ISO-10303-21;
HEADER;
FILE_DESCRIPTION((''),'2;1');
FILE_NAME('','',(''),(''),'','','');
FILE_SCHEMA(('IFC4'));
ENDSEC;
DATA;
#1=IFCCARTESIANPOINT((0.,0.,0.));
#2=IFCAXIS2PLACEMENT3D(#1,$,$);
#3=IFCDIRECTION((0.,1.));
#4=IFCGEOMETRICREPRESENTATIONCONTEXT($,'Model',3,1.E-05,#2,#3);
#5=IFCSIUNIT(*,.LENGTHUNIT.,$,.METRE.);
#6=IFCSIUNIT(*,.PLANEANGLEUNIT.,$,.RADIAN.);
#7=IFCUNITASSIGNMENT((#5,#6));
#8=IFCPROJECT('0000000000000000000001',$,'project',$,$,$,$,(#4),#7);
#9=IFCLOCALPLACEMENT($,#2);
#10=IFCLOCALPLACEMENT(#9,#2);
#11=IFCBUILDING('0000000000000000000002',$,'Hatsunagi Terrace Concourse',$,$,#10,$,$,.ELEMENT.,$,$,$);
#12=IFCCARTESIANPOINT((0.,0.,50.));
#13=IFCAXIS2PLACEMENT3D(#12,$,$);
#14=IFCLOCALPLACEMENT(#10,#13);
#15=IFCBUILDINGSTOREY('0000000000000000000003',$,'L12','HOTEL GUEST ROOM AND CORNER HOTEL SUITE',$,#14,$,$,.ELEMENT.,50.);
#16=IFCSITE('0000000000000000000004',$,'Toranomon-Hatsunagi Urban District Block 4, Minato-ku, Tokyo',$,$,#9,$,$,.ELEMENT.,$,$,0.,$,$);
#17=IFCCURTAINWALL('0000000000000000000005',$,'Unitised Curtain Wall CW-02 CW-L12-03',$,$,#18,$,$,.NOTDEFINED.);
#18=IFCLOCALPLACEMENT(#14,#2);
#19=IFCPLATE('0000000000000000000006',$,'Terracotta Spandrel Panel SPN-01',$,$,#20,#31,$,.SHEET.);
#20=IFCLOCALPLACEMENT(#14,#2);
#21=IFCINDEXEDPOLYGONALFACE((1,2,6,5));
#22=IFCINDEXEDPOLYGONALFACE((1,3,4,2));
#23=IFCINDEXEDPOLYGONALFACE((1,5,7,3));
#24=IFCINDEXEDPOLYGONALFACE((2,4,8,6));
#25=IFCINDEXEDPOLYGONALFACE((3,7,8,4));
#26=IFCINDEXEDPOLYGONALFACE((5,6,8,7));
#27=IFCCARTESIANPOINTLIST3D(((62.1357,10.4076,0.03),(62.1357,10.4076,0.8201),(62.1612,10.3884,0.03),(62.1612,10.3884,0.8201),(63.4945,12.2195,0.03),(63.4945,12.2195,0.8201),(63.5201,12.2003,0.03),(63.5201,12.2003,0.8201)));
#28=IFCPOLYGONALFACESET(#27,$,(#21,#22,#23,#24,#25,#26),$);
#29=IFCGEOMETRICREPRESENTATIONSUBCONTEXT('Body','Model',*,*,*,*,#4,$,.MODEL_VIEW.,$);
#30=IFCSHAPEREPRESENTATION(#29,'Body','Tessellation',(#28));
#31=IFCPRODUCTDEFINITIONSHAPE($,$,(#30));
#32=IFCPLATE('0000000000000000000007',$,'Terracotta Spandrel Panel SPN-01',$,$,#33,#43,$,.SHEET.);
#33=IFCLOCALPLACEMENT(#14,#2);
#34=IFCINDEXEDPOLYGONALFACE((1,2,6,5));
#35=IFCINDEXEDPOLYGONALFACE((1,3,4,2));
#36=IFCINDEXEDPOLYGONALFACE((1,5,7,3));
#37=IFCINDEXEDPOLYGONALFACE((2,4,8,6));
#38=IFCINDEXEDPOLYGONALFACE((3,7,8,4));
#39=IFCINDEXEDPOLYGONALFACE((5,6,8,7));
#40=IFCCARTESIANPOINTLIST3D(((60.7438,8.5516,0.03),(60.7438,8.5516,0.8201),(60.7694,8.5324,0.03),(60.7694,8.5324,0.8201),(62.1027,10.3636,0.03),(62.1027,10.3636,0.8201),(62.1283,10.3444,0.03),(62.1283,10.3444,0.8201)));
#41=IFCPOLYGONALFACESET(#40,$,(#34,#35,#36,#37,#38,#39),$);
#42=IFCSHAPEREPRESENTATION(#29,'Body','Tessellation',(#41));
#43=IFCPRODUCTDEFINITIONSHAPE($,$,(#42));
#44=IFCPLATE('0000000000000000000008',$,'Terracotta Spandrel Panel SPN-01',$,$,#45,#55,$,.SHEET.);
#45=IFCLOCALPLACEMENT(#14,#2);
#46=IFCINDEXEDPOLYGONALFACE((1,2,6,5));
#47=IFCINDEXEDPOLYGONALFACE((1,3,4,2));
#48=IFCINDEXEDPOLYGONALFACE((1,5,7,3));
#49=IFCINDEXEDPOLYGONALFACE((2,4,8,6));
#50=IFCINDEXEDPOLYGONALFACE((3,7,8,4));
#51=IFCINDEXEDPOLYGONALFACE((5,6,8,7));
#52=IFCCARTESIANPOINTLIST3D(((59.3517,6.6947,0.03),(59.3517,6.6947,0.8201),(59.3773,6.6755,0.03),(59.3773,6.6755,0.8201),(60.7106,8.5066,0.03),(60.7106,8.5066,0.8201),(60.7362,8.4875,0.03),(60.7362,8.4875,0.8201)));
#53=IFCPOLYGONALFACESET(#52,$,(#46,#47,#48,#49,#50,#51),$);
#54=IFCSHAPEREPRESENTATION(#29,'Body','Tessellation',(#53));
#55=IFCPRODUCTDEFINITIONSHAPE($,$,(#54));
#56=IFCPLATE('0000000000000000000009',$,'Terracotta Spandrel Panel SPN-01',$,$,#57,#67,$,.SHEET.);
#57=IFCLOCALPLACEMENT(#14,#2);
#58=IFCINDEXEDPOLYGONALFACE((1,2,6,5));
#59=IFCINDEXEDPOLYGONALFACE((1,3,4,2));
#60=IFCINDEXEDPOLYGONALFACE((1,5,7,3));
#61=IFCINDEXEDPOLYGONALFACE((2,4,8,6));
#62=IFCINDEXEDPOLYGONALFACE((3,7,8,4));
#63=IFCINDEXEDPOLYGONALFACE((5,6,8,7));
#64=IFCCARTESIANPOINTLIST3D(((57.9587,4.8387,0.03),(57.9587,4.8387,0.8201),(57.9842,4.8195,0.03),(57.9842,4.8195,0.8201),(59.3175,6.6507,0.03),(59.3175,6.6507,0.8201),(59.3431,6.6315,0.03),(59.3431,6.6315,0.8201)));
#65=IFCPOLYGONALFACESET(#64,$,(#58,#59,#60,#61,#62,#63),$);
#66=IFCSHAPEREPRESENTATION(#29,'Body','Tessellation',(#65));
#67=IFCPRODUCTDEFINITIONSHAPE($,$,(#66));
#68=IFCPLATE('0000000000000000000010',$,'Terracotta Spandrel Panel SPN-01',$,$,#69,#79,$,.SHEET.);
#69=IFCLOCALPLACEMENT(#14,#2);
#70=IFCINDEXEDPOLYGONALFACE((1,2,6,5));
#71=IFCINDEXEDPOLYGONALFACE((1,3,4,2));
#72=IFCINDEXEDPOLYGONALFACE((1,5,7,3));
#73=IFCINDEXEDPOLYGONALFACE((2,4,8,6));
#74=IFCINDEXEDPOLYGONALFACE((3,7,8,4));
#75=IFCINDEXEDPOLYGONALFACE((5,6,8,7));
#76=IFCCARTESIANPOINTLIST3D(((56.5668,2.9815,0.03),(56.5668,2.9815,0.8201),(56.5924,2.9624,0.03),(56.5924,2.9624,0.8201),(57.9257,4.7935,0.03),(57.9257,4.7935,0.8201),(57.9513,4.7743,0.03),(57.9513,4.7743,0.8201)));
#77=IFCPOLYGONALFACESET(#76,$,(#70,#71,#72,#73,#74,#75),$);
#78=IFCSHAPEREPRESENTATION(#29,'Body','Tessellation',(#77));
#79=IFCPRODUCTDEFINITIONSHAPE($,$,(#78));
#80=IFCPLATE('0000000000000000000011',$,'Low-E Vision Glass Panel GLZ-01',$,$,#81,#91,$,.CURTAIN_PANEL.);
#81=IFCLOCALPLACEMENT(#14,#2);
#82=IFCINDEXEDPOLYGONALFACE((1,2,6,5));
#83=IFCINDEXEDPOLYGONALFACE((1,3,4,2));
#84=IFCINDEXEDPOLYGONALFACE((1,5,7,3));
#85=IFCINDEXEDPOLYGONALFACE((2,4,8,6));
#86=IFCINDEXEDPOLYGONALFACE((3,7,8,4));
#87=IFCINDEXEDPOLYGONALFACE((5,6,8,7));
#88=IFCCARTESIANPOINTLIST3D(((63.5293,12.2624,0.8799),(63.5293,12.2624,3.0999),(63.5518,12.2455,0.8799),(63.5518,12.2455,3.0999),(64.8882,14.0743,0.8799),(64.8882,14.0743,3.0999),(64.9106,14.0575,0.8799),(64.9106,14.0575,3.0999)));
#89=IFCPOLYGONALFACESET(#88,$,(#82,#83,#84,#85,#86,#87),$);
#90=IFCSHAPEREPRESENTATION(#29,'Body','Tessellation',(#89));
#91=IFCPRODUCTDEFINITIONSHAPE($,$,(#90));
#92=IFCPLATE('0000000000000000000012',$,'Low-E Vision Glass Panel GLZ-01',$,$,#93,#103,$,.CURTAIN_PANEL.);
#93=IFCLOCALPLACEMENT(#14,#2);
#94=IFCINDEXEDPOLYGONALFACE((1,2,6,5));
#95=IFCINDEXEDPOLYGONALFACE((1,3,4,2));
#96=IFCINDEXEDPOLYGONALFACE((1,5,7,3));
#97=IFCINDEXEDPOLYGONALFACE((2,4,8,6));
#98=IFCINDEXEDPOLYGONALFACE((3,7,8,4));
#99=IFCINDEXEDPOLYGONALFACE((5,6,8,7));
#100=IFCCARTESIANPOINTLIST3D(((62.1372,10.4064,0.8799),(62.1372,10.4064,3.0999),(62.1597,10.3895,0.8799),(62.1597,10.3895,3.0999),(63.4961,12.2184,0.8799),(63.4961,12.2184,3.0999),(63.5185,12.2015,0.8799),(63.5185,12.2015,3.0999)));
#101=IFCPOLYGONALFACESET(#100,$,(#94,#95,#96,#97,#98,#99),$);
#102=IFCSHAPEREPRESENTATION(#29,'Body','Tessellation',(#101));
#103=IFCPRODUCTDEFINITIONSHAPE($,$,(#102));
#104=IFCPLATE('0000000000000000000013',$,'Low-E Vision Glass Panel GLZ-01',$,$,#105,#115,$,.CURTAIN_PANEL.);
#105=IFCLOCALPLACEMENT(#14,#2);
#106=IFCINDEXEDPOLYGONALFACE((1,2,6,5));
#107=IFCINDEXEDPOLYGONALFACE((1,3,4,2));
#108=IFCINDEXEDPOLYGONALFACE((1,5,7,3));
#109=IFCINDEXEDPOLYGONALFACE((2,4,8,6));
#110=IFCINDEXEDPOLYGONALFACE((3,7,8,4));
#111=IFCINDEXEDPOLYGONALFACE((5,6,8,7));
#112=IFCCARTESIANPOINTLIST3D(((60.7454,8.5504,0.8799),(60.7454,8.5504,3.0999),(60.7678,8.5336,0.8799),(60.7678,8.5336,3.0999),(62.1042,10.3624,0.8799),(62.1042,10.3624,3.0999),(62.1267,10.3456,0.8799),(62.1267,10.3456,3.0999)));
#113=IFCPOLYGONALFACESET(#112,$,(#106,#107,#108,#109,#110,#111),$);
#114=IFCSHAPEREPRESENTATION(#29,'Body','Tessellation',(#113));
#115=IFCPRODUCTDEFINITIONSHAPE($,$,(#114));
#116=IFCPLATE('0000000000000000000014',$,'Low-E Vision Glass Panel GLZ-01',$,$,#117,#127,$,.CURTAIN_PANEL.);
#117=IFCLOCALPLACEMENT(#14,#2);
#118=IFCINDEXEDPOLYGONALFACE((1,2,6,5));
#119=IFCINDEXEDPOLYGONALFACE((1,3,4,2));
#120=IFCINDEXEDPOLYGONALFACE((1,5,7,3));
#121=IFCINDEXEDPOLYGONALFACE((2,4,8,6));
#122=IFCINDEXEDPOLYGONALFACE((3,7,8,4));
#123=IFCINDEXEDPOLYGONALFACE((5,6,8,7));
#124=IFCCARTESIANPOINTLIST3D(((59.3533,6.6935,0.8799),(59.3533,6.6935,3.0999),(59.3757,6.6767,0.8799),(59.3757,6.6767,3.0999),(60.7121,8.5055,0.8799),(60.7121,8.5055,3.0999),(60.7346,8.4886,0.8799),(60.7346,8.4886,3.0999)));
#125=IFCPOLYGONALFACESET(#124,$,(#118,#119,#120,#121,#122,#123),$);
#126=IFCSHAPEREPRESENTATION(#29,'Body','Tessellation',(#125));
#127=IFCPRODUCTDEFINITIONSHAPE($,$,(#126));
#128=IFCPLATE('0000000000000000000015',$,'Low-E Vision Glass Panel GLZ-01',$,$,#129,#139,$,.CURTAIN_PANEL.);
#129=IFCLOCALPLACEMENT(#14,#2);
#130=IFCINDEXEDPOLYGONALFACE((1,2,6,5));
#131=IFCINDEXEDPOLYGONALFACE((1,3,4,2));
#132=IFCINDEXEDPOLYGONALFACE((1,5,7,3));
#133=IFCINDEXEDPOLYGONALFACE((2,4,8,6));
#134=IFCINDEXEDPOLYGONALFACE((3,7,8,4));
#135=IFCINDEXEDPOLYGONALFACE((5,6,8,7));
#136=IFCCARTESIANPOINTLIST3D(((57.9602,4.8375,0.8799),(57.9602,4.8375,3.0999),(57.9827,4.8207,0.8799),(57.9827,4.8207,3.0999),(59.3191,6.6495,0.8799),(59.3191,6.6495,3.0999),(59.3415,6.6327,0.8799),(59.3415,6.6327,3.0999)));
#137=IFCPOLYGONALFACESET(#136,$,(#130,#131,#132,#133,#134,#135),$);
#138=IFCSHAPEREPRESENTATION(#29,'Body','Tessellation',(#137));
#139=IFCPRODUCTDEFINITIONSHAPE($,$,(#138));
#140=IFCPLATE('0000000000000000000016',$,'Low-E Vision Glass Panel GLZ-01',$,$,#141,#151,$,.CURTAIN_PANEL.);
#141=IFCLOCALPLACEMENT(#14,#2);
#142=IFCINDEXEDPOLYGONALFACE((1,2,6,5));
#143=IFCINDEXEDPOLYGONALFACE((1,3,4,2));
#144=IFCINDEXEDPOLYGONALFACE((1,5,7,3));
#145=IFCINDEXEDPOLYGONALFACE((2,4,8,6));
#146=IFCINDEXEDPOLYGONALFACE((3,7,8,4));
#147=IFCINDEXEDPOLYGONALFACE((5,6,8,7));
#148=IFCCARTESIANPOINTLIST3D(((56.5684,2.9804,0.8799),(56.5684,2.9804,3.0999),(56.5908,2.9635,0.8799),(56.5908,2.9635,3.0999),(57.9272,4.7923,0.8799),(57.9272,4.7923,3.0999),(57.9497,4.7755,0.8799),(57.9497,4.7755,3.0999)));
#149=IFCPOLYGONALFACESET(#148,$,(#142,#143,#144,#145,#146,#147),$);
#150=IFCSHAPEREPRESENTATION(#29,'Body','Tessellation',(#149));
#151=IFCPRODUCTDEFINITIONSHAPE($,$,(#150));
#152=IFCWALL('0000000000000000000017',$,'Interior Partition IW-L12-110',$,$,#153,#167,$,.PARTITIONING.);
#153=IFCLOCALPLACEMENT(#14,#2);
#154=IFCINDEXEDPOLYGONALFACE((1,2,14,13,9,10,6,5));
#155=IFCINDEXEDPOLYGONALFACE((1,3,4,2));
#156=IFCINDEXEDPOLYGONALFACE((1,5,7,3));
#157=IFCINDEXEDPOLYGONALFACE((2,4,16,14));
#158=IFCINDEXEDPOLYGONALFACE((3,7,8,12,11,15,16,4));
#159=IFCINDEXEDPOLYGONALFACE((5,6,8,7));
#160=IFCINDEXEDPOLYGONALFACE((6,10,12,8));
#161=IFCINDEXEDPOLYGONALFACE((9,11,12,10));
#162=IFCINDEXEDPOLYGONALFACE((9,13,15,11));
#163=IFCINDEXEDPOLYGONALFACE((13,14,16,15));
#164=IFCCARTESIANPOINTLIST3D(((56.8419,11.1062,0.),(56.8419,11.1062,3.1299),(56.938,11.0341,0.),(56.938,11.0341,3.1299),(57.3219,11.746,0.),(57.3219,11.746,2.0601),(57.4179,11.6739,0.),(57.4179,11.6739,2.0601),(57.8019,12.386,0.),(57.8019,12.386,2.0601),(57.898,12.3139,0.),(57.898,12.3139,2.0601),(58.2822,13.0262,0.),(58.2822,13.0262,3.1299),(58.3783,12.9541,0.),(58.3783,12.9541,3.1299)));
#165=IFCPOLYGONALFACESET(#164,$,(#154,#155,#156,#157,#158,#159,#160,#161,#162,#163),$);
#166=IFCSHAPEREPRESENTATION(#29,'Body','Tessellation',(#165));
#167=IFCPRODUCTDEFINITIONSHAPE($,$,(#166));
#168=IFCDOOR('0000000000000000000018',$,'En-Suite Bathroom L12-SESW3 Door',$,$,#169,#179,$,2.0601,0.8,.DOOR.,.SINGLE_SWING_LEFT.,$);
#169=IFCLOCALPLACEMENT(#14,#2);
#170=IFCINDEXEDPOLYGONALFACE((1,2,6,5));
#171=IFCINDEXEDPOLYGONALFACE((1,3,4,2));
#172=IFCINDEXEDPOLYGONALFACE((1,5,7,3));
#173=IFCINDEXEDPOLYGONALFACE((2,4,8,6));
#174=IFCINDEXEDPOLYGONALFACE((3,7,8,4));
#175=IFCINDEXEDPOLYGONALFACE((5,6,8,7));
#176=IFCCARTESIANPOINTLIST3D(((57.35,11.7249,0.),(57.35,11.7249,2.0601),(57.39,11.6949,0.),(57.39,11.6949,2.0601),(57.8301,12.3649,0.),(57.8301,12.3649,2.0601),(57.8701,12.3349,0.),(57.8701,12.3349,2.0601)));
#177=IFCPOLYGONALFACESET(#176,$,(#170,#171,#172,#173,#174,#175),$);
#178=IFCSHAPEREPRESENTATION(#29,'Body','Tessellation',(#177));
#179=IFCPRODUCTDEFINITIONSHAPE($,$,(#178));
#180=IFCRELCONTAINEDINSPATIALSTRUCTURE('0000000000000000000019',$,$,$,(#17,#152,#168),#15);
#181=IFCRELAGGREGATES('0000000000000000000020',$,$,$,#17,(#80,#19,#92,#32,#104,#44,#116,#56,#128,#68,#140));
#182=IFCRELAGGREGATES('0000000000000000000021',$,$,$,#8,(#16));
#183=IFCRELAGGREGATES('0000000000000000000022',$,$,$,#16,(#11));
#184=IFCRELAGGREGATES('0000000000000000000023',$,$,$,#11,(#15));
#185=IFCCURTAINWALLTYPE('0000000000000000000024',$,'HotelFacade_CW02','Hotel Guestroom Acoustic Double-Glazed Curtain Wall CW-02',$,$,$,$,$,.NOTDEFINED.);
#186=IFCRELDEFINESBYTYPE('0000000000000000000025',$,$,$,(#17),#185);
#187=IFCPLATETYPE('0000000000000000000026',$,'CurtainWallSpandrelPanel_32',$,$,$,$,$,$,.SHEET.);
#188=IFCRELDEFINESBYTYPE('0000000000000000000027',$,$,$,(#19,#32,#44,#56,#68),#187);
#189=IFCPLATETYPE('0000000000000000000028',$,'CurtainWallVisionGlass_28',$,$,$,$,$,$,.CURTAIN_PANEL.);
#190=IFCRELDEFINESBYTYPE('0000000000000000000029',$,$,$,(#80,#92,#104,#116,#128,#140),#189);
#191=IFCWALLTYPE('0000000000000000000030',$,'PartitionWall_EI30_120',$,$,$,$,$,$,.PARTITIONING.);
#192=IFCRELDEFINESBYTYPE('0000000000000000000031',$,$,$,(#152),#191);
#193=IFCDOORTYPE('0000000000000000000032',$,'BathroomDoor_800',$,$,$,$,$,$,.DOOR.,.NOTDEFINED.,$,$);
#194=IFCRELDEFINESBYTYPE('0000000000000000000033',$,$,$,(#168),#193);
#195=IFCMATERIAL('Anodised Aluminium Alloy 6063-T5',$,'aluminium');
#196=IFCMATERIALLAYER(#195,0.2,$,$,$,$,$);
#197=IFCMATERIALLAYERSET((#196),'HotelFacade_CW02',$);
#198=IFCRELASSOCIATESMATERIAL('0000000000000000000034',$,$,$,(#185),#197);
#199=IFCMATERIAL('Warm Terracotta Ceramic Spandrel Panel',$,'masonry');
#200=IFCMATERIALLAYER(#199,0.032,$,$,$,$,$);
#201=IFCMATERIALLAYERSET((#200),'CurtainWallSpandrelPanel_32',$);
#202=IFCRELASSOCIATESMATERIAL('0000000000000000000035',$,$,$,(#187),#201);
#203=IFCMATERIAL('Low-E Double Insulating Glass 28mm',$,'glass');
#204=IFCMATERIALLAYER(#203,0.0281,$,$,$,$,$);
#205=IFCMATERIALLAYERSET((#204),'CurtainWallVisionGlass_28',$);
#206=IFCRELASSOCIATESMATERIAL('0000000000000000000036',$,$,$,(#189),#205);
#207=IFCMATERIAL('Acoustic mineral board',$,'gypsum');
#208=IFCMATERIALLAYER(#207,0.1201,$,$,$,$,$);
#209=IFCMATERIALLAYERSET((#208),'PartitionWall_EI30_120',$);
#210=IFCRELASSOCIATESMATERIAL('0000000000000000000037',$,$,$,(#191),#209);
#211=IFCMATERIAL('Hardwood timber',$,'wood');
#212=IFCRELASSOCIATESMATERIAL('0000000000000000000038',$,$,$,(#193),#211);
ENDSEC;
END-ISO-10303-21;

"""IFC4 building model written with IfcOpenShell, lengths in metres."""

from ifc_helpers import new_model, si_unit, direction, frame, frame_2d, origin, origin_2d, place, context, subcontext, project, spatial, rectangle, extrude, material, layer, layer_set, type_object, element, fill, aggregate, save


model = new_model("IFC4")

# Units and contexts
model_context = context("Model", 3, precision=1e-05, world=origin(), true_north=direction((0.0, 1.0)))
body_context = subcontext(model_context, "Body", "Model", "MODEL_VIEW")
ifc_project = project(units=[si_unit("LENGTHUNIT", "METRE"), si_unit("PLANEANGLEUNIT", "RADIAN")], contexts=[model_context])

# Site, building, storey
site_placement = place(None, origin())
site = spatial("IfcSite", under=ifc_project, at=site_placement, Name="Toranomon-Hatsunagi Urban District Block 4, Minato-ku, Tokyo", CompositionType="ELEMENT", RefElevation=0.0)
building_placement = place(site_placement, origin())
building = spatial("IfcBuilding", under=site, at=building_placement, Name="Hatsunagi Terrace Concourse", CompositionType="ELEMENT")
storey_placement = place(building_placement, frame((0.0, 0.0, 50.0)))
storey = spatial("IfcBuildingStorey", under=building, at=storey_placement, Name="L12", Description="HOTEL GUEST ROOM AND CORNER HOTEL SUITE", CompositionType="ELEMENT", Elevation=50.0)

# Curtain wall
ifc_material_1 = material(Name="Anodised Aluminium Alloy 6063-T5", Category="aluminium")
ifc_layer_1 = layer(ifc_material_1, 0.2)
ifc_layer_set_1 = layer_set([ifc_layer_1], Name="HotelFacade_CW02")
curtain_wall_type = type_object("IfcCurtainWallType", Name="HotelFacade_CW02", Description="Hotel Guestroom Acoustic Double-Glazed Curtain Wall CW-02", PredefinedType="NOTDEFINED", material=ifc_layer_set_1)
curtain_wall_placement = place(storey_placement, origin())
curtain_wall = element("IfcCurtainWall", 1, at=curtain_wall_placement, inside=storey, type_object=curtain_wall_type, Name="Unitised Curtain Wall CW-02 CW-L12-03", PredefinedType="NOTDEFINED")

# Plates
ifc_material_2 = material(Name="Warm Terracotta Ceramic Spandrel Panel", Category="masonry")
ifc_layer_2 = layer(ifc_material_2, 0.032)
ifc_layer_set_2 = layer_set([ifc_layer_2], Name="CurtainWallSpandrelPanel_32")
plate_type_1 = type_object("IfcPlateType", Name="CurtainWallSpandrelPanel_32", PredefinedType="SHEET", material=ifc_layer_set_2)
plate_1_placement = place(storey_placement, frame((62.8279, 11.304, 0.03), z_axis=(0.0, 0.0, 1.0), x_axis=(-0.599969, -0.800023, 0.0)))
plate_1 = element("IfcPlate", 2, at=plate_1_placement, type_object=plate_type_1, Name="Terracotta Spandrel Panel SPN-01", PredefinedType="SHEET", context=body_context, shape_type="SweptSolid", body=[
    extrude(rectangle(XDim=2.2649, YDim=0.032, at=origin_2d()), origin(), (0.0, 0.0, 1.0), 0.79),
])
plate_2_placement = place(storey_placement, frame((61.436, 9.448, 0.03), z_axis=(0.0, 0.0, 1.0), x_axis=(-0.599969, -0.800023, 0.0)))
plate_2 = element("IfcPlate", 3, at=plate_2_placement, type_object=plate_type_1, Name="Terracotta Spandrel Panel SPN-01", PredefinedType="SHEET", context=body_context, shape_type="SweptSolid", body=[
    extrude(rectangle(XDim=2.2649, YDim=0.032, at=origin_2d()), origin(), (0.0, 0.0, 1.0), 0.79),
])
plate_3_placement = place(storey_placement, frame((60.0439, 7.5911, 0.03), z_axis=(0.0, 0.0, 1.0), x_axis=(-0.599969, -0.800023, 0.0)))
plate_3 = element("IfcPlate", 4, at=plate_3_placement, type_object=plate_type_1, Name="Terracotta Spandrel Panel SPN-01", PredefinedType="SHEET", context=body_context, shape_type="SweptSolid", body=[
    extrude(rectangle(XDim=2.2649, YDim=0.032, at=origin_2d()), origin(), (0.0, 0.0, 1.0), 0.79),
])
plate_4_placement = place(storey_placement, frame((58.6509, 5.7351, 0.03), z_axis=(0.0, 0.0, 1.0), x_axis=(-0.599969, -0.800023, 0.0)))
plate_4 = element("IfcPlate", 5, at=plate_4_placement, type_object=plate_type_1, Name="Terracotta Spandrel Panel SPN-01", PredefinedType="SHEET", context=body_context, shape_type="SweptSolid", body=[
    extrude(rectangle(XDim=2.2649, YDim=0.032, at=origin_2d()), origin(), (0.0, 0.0, 1.0), 0.79),
])
plate_5_placement = place(storey_placement, frame((57.259, 3.8779, 0.03), z_axis=(0.0, 0.0, 1.0), x_axis=(-0.599969, -0.800023, 0.0)))
plate_5 = element("IfcPlate", 6, at=plate_5_placement, type_object=plate_type_1, Name="Terracotta Spandrel Panel SPN-01", PredefinedType="SHEET", context=body_context, shape_type="SweptSolid", body=[
    extrude(rectangle(XDim=2.2649, YDim=0.032, at=origin_2d()), origin(), (0.0, 0.0, 1.0), 0.79),
])
ifc_material_3 = material(Name="Low-E Double Insulating Glass 28mm", Category="glass")
ifc_layer_3 = layer(ifc_material_3, 0.0281)
ifc_layer_set_3 = layer_set([ifc_layer_3], Name="CurtainWallVisionGlass_28")
plate_type_2 = type_object("IfcPlateType", Name="CurtainWallVisionGlass_28", PredefinedType="CURTAIN_PANEL", material=ifc_layer_set_3)
plate_6_placement = place(storey_placement, frame((64.22, 13.1599, 0.8799), z_axis=(0.0, 0.0, 1.0), x_axis=(-0.599969, -0.800023, 0.0)))
plate_6 = element("IfcPlate", 7, at=plate_6_placement, type_object=plate_type_2, Name="Low-E Vision Glass Panel GLZ-01", PredefinedType="CURTAIN_PANEL", context=body_context, shape_type="SweptSolid", body=[
    extrude(rectangle(XDim=2.2649, YDim=0.0281, at=origin_2d()), origin(), (0.0, 0.0, 1.0), 2.22),
])
plate_7_placement = place(storey_placement, frame((62.8279, 11.304, 0.8799), z_axis=(0.0, 0.0, 1.0), x_axis=(-0.599969, -0.800023, 0.0)))
plate_7 = element("IfcPlate", 8, at=plate_7_placement, type_object=plate_type_2, Name="Low-E Vision Glass Panel GLZ-01", PredefinedType="CURTAIN_PANEL", context=body_context, shape_type="SweptSolid", body=[
    extrude(rectangle(XDim=2.2649, YDim=0.0281, at=origin_2d()), origin(), (0.0, 0.0, 1.0), 2.22),
])
plate_8_placement = place(storey_placement, frame((61.436, 9.448, 0.8799), z_axis=(0.0, 0.0, 1.0), x_axis=(-0.599969, -0.800023, 0.0)))
plate_8 = element("IfcPlate", 9, at=plate_8_placement, type_object=plate_type_2, Name="Low-E Vision Glass Panel GLZ-01", PredefinedType="CURTAIN_PANEL", context=body_context, shape_type="SweptSolid", body=[
    extrude(rectangle(XDim=2.2649, YDim=0.0281, at=origin_2d()), origin(), (0.0, 0.0, 1.0), 2.22),
])
plate_9_placement = place(storey_placement, frame((60.0439, 7.5911, 0.8799), z_axis=(0.0, 0.0, 1.0), x_axis=(-0.599969, -0.800023, 0.0)))
plate_9 = element("IfcPlate", 10, at=plate_9_placement, type_object=plate_type_2, Name="Low-E Vision Glass Panel GLZ-01", PredefinedType="CURTAIN_PANEL", context=body_context, shape_type="SweptSolid", body=[
    extrude(rectangle(XDim=2.2649, YDim=0.0281, at=origin_2d()), origin(), (0.0, 0.0, 1.0), 2.22),
])
plate_10_placement = place(storey_placement, frame((58.6509, 5.7351, 0.8799), z_axis=(0.0, 0.0, 1.0), x_axis=(-0.599969, -0.800023, 0.0)))
plate_10 = element("IfcPlate", 11, at=plate_10_placement, type_object=plate_type_2, Name="Low-E Vision Glass Panel GLZ-01", PredefinedType="CURTAIN_PANEL", context=body_context, shape_type="SweptSolid", body=[
    extrude(rectangle(XDim=2.2649, YDim=0.0281, at=origin_2d()), origin(), (0.0, 0.0, 1.0), 2.22),
])
plate_11_placement = place(storey_placement, frame((57.259, 3.8779, 0.8799), z_axis=(0.0, 0.0, 1.0), x_axis=(-0.599969, -0.800023, 0.0)))
plate_11 = element("IfcPlate", 12, at=plate_11_placement, type_object=plate_type_2, Name="Low-E Vision Glass Panel GLZ-01", PredefinedType="CURTAIN_PANEL", context=body_context, shape_type="SweptSolid", body=[
    extrude(rectangle(XDim=2.2649, YDim=0.0281, at=origin_2d()), origin(), (0.0, 0.0, 1.0), 2.22),
])
aggregate(curtain_wall, [plate_6, plate_1, plate_7, plate_2, plate_8, plate_3, plate_9, plate_4, plate_10, plate_5, plate_11])

# Wall, opening, door
ifc_material_4 = material(Name="Acoustic mineral board", Category="gypsum")
ifc_layer_4 = layer(ifc_material_4, 0.1201)
ifc_layer_set_4 = layer_set([ifc_layer_4], Name="PartitionWall_EI30_120")
wall_type_1 = type_object("IfcWallType", Name="PartitionWall_EI30_120", PredefinedType="PARTITIONING", material=ifc_layer_set_4)
wall_1_placement = place(storey_placement, frame((56.8899, 11.0701, 0.0), z_axis=(0.0, 0.0, 1.0), x_axis=(0.600065, 0.799951, 0.0)))
wall_1 = element("IfcWall", 13, at=wall_1_placement, inside=storey, type_object=wall_type_1, Name="Interior Partition IW-L12-110", PredefinedType="PARTITIONING", context=body_context, shape_type="SweptSolid", body=[
    extrude(rectangle(XDim=2.4001, YDim=0.1201, at=frame_2d((1.2002, 0.0))), origin(), (0.0, 0.0, 1.0), 3.1299),
])
opening_1_placement = place(wall_1_placement, frame((0.8, 0.0, 0.0)))
opening_1 = element("IfcOpeningElement", 14, at=opening_1_placement, cuts=wall_1, PredefinedType="OPENING", context=body_context, shape_type="SweptSolid", body=[
    extrude(rectangle(XDim=0.8, YDim=2.0601, at=frame_2d((0.3999, 1.03))), frame((0.0, 0.0701, 0.0), z_axis=(0.0, -1.0, 0.0), x_axis=(1.0, 0.0, 0.0)), (0.0, 0.0, 1.0), 0.1401),
])
ifc_material_5 = material(Name="Hardwood timber", Category="wood")
door_type_1 = type_object("IfcDoorType", Name="BathroomDoor_800", OperationType="NOTDEFINED", PredefinedType="DOOR", material=ifc_material_5)
door_1_placement = place(opening_1_placement, origin())
door_1 = element("IfcDoor", 15, at=door_1_placement, inside=storey, type_object=door_type_1, Name="En-Suite Bathroom L12-SESW3 Door", OperationType="SINGLE_SWING_LEFT", OverallHeight=2.0601, OverallWidth=0.8, PredefinedType="DOOR", context=body_context, shape_type="SweptSolid", body=[
    extrude(rectangle(XDim=0.8, YDim=2.0601, at=frame_2d((0.3999, 1.03))), frame((0.0, 0.0249, 0.0), z_axis=(0.0, -1.0, 0.0), x_axis=(1.0, 0.0, 0.0)), (0.0, 0.0, 1.0), 0.05),
])
fill(opening_1, door_1)

save(model, "model.ifc")
